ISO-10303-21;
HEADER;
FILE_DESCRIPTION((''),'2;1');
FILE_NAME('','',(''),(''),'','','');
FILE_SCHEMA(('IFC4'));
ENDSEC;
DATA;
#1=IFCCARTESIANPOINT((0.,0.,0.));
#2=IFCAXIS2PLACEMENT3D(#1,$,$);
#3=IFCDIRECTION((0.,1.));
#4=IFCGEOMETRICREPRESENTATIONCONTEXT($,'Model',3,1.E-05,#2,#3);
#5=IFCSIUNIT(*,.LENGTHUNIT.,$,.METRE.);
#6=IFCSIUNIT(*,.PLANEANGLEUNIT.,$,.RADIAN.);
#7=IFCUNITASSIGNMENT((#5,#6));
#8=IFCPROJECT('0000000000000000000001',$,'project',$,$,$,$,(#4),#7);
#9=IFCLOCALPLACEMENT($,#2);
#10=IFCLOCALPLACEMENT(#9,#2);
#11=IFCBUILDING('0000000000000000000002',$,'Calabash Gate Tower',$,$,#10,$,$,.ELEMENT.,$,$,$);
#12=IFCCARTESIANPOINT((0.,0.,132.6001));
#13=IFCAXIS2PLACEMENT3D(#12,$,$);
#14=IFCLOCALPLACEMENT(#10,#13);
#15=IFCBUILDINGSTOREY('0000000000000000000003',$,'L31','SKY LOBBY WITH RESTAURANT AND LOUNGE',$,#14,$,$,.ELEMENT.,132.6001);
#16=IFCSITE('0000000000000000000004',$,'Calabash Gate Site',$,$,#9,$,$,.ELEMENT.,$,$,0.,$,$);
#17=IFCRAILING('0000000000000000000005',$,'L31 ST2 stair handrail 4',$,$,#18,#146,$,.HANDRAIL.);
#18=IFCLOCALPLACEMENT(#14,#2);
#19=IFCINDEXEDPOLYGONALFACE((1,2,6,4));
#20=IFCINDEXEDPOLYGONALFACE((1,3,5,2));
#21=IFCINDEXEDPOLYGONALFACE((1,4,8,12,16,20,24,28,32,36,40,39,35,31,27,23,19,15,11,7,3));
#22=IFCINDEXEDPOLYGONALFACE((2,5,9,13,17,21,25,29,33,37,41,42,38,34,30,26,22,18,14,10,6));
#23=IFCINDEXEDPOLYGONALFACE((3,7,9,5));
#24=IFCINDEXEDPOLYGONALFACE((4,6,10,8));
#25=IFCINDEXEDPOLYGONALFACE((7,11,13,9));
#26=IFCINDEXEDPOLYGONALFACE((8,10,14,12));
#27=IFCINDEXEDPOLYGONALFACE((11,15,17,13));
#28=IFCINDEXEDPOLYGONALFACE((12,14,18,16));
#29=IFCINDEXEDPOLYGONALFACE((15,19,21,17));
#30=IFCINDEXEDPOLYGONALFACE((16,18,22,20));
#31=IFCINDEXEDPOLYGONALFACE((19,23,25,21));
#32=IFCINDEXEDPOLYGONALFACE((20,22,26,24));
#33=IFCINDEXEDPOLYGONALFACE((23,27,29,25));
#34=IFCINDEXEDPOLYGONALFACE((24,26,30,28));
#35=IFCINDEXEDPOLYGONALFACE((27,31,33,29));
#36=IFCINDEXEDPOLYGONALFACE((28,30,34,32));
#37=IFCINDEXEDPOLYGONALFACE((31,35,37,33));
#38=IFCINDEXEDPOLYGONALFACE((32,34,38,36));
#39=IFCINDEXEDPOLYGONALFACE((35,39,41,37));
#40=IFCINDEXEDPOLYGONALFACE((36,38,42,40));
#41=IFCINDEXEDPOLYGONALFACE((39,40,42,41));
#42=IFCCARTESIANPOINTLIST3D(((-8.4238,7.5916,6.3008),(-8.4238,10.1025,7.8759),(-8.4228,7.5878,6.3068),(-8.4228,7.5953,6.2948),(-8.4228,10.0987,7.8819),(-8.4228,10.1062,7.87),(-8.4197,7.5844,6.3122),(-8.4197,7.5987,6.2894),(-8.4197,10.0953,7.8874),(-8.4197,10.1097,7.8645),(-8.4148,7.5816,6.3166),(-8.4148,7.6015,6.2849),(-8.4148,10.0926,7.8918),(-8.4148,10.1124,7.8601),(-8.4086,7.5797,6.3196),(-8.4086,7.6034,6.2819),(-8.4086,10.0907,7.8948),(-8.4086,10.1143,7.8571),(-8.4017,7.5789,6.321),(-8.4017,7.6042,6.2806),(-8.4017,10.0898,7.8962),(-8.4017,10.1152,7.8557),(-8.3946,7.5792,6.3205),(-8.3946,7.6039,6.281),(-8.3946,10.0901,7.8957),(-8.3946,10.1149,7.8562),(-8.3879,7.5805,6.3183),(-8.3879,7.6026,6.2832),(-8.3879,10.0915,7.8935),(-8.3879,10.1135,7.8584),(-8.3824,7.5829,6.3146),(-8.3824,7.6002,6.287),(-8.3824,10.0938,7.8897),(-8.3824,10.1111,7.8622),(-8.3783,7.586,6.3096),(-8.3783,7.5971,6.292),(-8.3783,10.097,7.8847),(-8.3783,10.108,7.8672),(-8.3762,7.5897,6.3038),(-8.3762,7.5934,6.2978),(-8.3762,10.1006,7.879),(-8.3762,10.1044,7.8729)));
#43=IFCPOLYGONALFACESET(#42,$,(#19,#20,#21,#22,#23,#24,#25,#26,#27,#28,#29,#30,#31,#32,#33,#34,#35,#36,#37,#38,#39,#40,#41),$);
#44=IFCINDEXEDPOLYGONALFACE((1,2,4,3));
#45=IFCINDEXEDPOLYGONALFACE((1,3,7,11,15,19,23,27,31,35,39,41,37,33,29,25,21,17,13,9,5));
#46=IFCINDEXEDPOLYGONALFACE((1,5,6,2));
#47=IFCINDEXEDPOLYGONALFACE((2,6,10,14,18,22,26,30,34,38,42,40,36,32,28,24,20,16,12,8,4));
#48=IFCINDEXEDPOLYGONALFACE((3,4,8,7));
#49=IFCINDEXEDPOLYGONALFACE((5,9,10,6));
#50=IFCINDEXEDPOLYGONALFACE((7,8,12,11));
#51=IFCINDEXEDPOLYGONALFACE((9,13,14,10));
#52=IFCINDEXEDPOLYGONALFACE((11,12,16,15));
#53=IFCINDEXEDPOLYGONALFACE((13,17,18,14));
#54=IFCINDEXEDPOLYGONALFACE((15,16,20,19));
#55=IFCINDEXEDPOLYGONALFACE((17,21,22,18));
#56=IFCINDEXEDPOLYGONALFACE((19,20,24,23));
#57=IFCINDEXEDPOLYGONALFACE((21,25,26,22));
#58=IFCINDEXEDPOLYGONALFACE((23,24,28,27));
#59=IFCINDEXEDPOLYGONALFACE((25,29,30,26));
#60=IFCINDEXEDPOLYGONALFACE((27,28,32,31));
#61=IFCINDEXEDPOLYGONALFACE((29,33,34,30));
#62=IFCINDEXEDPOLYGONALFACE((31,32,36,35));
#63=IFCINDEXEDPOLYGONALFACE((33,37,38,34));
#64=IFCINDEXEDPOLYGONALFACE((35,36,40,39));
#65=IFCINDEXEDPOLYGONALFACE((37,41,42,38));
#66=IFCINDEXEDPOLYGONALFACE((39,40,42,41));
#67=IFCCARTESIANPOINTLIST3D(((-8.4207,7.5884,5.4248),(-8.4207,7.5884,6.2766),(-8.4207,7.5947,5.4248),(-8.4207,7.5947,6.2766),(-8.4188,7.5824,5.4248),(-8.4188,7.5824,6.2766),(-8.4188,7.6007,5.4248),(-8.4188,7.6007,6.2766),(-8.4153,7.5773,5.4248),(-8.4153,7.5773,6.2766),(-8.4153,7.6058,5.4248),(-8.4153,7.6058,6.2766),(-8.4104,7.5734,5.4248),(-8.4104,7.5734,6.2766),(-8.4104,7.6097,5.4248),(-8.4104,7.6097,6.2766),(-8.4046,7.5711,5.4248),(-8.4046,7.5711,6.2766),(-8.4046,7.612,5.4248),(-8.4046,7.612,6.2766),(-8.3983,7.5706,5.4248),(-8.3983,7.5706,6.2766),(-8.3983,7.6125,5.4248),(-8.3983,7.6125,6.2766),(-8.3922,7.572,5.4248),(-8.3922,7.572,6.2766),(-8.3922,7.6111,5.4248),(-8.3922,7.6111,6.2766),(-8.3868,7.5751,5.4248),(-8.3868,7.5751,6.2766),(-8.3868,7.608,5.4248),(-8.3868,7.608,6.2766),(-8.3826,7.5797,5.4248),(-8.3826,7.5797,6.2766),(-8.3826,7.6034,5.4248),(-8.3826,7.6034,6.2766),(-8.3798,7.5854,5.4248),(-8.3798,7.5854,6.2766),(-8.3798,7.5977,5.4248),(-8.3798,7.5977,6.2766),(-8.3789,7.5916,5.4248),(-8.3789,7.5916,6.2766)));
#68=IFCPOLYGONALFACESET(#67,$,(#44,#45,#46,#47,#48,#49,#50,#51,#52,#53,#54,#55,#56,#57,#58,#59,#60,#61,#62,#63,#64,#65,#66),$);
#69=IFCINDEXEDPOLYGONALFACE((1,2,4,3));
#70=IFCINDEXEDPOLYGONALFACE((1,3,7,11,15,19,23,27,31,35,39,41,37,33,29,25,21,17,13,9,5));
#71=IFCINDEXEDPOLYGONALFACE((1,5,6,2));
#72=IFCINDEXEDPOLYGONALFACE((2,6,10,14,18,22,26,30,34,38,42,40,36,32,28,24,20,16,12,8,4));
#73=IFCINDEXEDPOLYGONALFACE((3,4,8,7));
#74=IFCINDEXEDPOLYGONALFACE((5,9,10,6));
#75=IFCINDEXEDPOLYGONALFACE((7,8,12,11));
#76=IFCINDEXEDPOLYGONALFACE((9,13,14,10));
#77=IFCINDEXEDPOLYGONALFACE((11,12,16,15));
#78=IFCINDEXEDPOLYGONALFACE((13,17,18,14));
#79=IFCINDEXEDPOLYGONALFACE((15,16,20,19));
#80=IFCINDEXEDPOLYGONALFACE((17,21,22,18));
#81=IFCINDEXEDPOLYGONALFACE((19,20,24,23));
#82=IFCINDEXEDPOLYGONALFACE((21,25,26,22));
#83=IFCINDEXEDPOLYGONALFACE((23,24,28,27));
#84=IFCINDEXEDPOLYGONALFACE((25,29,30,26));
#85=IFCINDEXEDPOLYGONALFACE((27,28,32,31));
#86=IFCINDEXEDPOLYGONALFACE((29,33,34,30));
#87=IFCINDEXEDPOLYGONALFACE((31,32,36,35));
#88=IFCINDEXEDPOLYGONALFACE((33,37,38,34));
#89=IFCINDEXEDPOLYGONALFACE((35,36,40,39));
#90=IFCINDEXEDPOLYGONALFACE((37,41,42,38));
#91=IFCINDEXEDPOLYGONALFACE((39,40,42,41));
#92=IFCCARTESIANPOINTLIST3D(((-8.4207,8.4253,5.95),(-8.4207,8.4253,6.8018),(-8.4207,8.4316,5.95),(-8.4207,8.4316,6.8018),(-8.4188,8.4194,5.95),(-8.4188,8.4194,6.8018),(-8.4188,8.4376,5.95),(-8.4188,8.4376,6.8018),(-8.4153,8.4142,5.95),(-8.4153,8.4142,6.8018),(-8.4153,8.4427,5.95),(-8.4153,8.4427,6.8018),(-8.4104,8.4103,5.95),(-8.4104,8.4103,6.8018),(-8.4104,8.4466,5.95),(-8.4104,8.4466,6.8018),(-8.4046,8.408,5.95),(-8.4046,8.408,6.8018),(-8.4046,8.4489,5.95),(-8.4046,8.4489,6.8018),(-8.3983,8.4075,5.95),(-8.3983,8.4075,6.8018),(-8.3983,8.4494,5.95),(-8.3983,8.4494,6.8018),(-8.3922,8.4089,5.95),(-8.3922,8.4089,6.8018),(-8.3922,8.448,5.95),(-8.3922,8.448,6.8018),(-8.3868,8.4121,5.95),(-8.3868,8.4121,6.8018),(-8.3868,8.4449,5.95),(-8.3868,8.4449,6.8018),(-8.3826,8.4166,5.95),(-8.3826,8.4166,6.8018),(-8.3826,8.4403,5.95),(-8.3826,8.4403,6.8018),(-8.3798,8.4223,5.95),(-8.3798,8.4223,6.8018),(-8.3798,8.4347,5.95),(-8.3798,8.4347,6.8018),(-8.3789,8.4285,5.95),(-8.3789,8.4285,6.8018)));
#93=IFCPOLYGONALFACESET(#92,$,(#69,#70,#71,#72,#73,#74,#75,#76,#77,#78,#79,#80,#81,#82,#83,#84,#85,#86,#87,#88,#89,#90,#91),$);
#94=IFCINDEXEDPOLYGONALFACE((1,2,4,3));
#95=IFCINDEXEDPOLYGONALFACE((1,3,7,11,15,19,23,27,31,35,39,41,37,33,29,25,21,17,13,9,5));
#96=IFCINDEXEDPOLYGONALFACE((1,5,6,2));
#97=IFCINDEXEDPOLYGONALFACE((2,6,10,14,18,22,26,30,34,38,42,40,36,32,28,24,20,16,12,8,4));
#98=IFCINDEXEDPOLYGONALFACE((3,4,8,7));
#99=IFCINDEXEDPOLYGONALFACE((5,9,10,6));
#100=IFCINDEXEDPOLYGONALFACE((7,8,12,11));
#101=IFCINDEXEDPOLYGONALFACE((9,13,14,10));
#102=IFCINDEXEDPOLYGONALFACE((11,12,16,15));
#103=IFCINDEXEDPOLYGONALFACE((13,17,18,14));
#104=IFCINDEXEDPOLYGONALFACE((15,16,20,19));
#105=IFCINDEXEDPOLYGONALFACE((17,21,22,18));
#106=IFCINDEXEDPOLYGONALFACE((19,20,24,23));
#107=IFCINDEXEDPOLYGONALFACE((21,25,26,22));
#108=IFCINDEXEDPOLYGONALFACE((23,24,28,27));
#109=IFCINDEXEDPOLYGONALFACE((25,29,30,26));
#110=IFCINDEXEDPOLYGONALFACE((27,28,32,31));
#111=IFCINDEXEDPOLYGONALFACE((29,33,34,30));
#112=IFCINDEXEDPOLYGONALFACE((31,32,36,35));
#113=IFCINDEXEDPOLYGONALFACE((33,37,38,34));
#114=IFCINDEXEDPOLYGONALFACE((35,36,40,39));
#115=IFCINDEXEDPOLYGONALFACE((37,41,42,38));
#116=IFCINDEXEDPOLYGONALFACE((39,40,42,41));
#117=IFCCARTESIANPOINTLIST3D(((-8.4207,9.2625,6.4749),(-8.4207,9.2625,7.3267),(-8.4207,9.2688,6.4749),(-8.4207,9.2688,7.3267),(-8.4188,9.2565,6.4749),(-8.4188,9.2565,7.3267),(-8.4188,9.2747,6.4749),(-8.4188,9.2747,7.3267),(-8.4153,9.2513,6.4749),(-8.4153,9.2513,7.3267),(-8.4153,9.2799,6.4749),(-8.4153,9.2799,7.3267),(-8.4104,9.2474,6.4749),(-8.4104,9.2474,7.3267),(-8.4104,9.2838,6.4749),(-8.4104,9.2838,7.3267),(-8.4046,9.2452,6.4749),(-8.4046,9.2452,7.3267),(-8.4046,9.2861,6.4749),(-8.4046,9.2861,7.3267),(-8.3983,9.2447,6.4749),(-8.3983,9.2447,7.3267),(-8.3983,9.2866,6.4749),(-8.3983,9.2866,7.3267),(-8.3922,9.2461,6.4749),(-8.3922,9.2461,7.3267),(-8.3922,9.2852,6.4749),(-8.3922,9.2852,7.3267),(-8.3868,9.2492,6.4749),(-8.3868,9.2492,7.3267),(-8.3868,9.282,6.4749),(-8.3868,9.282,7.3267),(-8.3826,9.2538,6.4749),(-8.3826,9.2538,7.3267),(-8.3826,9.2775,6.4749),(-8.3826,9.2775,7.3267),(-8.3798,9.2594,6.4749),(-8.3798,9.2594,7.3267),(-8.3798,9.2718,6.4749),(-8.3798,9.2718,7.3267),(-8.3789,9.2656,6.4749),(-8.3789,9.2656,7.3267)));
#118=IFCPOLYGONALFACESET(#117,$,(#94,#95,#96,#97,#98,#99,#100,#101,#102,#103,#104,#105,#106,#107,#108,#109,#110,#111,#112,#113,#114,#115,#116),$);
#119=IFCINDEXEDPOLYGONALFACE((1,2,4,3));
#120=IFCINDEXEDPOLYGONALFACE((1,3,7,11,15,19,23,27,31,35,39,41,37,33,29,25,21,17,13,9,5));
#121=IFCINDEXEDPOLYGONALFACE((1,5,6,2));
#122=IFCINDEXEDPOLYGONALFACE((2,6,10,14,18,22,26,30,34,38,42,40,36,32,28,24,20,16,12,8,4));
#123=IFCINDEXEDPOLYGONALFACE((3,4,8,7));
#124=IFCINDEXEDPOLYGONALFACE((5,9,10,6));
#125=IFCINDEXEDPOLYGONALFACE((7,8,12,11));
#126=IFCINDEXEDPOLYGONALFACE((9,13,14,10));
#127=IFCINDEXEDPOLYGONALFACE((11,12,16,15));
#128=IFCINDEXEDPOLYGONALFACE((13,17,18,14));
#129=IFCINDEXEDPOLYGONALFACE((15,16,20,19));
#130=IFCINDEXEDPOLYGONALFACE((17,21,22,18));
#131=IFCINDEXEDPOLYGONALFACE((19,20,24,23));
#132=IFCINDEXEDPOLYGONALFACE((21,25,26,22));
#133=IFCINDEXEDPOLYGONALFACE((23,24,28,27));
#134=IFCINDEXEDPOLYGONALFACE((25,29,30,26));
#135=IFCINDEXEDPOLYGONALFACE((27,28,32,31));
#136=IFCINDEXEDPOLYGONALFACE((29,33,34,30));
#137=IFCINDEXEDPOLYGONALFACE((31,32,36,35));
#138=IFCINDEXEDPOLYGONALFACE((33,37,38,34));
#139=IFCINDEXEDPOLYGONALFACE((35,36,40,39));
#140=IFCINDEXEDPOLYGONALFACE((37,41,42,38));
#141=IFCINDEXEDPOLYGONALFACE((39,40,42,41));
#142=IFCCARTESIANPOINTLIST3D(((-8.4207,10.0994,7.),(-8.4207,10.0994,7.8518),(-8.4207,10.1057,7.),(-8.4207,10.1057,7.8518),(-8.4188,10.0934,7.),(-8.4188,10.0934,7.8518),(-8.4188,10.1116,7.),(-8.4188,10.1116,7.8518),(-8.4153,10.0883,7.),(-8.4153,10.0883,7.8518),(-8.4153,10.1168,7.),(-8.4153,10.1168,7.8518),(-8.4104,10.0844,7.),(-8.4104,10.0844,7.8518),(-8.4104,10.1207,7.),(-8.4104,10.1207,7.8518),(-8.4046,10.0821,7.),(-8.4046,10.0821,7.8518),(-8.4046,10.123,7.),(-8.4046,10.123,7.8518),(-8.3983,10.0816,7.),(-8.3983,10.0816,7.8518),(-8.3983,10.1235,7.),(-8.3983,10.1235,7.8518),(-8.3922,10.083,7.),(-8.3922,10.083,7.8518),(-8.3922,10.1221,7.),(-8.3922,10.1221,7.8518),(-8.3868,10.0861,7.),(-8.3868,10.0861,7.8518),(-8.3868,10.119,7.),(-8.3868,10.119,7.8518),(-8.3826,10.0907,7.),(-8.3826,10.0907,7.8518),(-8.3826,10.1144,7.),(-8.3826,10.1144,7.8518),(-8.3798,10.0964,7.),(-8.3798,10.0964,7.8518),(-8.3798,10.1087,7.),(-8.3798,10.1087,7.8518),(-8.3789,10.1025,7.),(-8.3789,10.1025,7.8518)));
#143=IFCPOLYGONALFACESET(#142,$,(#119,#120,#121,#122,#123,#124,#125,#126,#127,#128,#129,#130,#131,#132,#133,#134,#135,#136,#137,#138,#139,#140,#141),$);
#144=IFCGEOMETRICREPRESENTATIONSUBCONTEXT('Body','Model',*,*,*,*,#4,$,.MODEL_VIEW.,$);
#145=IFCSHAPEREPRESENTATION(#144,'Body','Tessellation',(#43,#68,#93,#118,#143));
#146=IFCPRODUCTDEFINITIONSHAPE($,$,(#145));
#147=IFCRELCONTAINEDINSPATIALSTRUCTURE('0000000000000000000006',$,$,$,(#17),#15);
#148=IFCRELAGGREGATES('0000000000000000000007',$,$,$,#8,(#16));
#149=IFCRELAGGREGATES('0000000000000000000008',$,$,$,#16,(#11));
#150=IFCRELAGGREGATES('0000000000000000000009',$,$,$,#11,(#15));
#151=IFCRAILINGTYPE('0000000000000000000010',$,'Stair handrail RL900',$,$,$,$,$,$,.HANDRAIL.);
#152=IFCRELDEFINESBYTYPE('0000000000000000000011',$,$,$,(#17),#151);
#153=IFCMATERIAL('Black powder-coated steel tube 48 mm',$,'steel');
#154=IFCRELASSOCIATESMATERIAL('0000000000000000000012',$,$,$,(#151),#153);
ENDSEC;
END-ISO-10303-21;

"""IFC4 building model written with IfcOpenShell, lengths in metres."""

from ifc_helpers import new_model, si_unit, direction, frame, origin, origin_2d, place, context, subcontext, project, spatial, circle, extrude, material, type_object, element, save


model = new_model("IFC4")

# Units and contexts
model_context = context("Model", 3, precision=1e-05, world=origin(), true_north=direction((0.0, 1.0)))
body_context = subcontext(model_context, "Body", "Model", "MODEL_VIEW")
ifc_project = project(units=[si_unit("LENGTHUNIT", "METRE"), si_unit("PLANEANGLEUNIT", "RADIAN")], contexts=[model_context])

# Site, building, storey
site_placement = place(None, origin())
site = spatial("IfcSite", under=ifc_project, at=site_placement, Name="Calabash Gate Site", CompositionType="ELEMENT", RefElevation=0.0)
building_placement = place(site_placement, origin())
building = spatial("IfcBuilding", under=site, at=building_placement, Name="Calabash Gate Tower", CompositionType="ELEMENT")
storey_placement = place(building_placement, frame((0.0, 0.0, 132.6001)))
storey = spatial("IfcBuildingStorey", under=building, at=storey_placement, Name="L31", Description="SKY LOBBY WITH RESTAURANT AND LOUNGE", CompositionType="ELEMENT", Elevation=132.6001)

# Railing
ifc_material_1 = material(Name="Black powder-coated steel tube 48 mm", Category="steel")
railing_type = type_object("IfcRailingType", Name="Stair handrail RL900", PredefinedType="HANDRAIL", material=ifc_material_1)
for number, where, name in (
    (1, (-8.3999, 7.5916, 5.4248), "L31 ST2 stair handrail 4"),
):
    element("IfcRailing", number, at=place(storey_placement, frame(where)), inside=storey, type_object=railing_type, Name=name, PredefinedType="HANDRAIL", context=body_context, shape_type="SweptSolid", body=[
        extrude(circle(Radius=0.0239, at=origin_2d()), frame((0.0, 0.0, 0.876), z_axis=(0.0, 0.847113, 0.531412), x_axis=(-1.0, 0.0, 0.0)), (0.0, 0.0, 1.0), 2.9641),
        extrude(circle(Radius=0.021, at=origin_2d()), origin(), (0.0, 0.0, 1.0), 0.8518),
        extrude(circle(Radius=0.021, at=origin_2d()), frame((0.0, 0.8369, 0.5251)), (0.0, 0.0, 1.0), 0.8518),
        extrude(circle(Radius=0.021, at=origin_2d()), frame((0.0, 1.6741, 1.05)), (0.0, 0.0, 1.0), 0.8518),
        extrude(circle(Radius=0.021, at=origin_2d()), frame((0.0, 2.511, 1.5752)), (0.0, 0.0, 1.0), 0.8518),
    ])

save(model, "model.ifc")
